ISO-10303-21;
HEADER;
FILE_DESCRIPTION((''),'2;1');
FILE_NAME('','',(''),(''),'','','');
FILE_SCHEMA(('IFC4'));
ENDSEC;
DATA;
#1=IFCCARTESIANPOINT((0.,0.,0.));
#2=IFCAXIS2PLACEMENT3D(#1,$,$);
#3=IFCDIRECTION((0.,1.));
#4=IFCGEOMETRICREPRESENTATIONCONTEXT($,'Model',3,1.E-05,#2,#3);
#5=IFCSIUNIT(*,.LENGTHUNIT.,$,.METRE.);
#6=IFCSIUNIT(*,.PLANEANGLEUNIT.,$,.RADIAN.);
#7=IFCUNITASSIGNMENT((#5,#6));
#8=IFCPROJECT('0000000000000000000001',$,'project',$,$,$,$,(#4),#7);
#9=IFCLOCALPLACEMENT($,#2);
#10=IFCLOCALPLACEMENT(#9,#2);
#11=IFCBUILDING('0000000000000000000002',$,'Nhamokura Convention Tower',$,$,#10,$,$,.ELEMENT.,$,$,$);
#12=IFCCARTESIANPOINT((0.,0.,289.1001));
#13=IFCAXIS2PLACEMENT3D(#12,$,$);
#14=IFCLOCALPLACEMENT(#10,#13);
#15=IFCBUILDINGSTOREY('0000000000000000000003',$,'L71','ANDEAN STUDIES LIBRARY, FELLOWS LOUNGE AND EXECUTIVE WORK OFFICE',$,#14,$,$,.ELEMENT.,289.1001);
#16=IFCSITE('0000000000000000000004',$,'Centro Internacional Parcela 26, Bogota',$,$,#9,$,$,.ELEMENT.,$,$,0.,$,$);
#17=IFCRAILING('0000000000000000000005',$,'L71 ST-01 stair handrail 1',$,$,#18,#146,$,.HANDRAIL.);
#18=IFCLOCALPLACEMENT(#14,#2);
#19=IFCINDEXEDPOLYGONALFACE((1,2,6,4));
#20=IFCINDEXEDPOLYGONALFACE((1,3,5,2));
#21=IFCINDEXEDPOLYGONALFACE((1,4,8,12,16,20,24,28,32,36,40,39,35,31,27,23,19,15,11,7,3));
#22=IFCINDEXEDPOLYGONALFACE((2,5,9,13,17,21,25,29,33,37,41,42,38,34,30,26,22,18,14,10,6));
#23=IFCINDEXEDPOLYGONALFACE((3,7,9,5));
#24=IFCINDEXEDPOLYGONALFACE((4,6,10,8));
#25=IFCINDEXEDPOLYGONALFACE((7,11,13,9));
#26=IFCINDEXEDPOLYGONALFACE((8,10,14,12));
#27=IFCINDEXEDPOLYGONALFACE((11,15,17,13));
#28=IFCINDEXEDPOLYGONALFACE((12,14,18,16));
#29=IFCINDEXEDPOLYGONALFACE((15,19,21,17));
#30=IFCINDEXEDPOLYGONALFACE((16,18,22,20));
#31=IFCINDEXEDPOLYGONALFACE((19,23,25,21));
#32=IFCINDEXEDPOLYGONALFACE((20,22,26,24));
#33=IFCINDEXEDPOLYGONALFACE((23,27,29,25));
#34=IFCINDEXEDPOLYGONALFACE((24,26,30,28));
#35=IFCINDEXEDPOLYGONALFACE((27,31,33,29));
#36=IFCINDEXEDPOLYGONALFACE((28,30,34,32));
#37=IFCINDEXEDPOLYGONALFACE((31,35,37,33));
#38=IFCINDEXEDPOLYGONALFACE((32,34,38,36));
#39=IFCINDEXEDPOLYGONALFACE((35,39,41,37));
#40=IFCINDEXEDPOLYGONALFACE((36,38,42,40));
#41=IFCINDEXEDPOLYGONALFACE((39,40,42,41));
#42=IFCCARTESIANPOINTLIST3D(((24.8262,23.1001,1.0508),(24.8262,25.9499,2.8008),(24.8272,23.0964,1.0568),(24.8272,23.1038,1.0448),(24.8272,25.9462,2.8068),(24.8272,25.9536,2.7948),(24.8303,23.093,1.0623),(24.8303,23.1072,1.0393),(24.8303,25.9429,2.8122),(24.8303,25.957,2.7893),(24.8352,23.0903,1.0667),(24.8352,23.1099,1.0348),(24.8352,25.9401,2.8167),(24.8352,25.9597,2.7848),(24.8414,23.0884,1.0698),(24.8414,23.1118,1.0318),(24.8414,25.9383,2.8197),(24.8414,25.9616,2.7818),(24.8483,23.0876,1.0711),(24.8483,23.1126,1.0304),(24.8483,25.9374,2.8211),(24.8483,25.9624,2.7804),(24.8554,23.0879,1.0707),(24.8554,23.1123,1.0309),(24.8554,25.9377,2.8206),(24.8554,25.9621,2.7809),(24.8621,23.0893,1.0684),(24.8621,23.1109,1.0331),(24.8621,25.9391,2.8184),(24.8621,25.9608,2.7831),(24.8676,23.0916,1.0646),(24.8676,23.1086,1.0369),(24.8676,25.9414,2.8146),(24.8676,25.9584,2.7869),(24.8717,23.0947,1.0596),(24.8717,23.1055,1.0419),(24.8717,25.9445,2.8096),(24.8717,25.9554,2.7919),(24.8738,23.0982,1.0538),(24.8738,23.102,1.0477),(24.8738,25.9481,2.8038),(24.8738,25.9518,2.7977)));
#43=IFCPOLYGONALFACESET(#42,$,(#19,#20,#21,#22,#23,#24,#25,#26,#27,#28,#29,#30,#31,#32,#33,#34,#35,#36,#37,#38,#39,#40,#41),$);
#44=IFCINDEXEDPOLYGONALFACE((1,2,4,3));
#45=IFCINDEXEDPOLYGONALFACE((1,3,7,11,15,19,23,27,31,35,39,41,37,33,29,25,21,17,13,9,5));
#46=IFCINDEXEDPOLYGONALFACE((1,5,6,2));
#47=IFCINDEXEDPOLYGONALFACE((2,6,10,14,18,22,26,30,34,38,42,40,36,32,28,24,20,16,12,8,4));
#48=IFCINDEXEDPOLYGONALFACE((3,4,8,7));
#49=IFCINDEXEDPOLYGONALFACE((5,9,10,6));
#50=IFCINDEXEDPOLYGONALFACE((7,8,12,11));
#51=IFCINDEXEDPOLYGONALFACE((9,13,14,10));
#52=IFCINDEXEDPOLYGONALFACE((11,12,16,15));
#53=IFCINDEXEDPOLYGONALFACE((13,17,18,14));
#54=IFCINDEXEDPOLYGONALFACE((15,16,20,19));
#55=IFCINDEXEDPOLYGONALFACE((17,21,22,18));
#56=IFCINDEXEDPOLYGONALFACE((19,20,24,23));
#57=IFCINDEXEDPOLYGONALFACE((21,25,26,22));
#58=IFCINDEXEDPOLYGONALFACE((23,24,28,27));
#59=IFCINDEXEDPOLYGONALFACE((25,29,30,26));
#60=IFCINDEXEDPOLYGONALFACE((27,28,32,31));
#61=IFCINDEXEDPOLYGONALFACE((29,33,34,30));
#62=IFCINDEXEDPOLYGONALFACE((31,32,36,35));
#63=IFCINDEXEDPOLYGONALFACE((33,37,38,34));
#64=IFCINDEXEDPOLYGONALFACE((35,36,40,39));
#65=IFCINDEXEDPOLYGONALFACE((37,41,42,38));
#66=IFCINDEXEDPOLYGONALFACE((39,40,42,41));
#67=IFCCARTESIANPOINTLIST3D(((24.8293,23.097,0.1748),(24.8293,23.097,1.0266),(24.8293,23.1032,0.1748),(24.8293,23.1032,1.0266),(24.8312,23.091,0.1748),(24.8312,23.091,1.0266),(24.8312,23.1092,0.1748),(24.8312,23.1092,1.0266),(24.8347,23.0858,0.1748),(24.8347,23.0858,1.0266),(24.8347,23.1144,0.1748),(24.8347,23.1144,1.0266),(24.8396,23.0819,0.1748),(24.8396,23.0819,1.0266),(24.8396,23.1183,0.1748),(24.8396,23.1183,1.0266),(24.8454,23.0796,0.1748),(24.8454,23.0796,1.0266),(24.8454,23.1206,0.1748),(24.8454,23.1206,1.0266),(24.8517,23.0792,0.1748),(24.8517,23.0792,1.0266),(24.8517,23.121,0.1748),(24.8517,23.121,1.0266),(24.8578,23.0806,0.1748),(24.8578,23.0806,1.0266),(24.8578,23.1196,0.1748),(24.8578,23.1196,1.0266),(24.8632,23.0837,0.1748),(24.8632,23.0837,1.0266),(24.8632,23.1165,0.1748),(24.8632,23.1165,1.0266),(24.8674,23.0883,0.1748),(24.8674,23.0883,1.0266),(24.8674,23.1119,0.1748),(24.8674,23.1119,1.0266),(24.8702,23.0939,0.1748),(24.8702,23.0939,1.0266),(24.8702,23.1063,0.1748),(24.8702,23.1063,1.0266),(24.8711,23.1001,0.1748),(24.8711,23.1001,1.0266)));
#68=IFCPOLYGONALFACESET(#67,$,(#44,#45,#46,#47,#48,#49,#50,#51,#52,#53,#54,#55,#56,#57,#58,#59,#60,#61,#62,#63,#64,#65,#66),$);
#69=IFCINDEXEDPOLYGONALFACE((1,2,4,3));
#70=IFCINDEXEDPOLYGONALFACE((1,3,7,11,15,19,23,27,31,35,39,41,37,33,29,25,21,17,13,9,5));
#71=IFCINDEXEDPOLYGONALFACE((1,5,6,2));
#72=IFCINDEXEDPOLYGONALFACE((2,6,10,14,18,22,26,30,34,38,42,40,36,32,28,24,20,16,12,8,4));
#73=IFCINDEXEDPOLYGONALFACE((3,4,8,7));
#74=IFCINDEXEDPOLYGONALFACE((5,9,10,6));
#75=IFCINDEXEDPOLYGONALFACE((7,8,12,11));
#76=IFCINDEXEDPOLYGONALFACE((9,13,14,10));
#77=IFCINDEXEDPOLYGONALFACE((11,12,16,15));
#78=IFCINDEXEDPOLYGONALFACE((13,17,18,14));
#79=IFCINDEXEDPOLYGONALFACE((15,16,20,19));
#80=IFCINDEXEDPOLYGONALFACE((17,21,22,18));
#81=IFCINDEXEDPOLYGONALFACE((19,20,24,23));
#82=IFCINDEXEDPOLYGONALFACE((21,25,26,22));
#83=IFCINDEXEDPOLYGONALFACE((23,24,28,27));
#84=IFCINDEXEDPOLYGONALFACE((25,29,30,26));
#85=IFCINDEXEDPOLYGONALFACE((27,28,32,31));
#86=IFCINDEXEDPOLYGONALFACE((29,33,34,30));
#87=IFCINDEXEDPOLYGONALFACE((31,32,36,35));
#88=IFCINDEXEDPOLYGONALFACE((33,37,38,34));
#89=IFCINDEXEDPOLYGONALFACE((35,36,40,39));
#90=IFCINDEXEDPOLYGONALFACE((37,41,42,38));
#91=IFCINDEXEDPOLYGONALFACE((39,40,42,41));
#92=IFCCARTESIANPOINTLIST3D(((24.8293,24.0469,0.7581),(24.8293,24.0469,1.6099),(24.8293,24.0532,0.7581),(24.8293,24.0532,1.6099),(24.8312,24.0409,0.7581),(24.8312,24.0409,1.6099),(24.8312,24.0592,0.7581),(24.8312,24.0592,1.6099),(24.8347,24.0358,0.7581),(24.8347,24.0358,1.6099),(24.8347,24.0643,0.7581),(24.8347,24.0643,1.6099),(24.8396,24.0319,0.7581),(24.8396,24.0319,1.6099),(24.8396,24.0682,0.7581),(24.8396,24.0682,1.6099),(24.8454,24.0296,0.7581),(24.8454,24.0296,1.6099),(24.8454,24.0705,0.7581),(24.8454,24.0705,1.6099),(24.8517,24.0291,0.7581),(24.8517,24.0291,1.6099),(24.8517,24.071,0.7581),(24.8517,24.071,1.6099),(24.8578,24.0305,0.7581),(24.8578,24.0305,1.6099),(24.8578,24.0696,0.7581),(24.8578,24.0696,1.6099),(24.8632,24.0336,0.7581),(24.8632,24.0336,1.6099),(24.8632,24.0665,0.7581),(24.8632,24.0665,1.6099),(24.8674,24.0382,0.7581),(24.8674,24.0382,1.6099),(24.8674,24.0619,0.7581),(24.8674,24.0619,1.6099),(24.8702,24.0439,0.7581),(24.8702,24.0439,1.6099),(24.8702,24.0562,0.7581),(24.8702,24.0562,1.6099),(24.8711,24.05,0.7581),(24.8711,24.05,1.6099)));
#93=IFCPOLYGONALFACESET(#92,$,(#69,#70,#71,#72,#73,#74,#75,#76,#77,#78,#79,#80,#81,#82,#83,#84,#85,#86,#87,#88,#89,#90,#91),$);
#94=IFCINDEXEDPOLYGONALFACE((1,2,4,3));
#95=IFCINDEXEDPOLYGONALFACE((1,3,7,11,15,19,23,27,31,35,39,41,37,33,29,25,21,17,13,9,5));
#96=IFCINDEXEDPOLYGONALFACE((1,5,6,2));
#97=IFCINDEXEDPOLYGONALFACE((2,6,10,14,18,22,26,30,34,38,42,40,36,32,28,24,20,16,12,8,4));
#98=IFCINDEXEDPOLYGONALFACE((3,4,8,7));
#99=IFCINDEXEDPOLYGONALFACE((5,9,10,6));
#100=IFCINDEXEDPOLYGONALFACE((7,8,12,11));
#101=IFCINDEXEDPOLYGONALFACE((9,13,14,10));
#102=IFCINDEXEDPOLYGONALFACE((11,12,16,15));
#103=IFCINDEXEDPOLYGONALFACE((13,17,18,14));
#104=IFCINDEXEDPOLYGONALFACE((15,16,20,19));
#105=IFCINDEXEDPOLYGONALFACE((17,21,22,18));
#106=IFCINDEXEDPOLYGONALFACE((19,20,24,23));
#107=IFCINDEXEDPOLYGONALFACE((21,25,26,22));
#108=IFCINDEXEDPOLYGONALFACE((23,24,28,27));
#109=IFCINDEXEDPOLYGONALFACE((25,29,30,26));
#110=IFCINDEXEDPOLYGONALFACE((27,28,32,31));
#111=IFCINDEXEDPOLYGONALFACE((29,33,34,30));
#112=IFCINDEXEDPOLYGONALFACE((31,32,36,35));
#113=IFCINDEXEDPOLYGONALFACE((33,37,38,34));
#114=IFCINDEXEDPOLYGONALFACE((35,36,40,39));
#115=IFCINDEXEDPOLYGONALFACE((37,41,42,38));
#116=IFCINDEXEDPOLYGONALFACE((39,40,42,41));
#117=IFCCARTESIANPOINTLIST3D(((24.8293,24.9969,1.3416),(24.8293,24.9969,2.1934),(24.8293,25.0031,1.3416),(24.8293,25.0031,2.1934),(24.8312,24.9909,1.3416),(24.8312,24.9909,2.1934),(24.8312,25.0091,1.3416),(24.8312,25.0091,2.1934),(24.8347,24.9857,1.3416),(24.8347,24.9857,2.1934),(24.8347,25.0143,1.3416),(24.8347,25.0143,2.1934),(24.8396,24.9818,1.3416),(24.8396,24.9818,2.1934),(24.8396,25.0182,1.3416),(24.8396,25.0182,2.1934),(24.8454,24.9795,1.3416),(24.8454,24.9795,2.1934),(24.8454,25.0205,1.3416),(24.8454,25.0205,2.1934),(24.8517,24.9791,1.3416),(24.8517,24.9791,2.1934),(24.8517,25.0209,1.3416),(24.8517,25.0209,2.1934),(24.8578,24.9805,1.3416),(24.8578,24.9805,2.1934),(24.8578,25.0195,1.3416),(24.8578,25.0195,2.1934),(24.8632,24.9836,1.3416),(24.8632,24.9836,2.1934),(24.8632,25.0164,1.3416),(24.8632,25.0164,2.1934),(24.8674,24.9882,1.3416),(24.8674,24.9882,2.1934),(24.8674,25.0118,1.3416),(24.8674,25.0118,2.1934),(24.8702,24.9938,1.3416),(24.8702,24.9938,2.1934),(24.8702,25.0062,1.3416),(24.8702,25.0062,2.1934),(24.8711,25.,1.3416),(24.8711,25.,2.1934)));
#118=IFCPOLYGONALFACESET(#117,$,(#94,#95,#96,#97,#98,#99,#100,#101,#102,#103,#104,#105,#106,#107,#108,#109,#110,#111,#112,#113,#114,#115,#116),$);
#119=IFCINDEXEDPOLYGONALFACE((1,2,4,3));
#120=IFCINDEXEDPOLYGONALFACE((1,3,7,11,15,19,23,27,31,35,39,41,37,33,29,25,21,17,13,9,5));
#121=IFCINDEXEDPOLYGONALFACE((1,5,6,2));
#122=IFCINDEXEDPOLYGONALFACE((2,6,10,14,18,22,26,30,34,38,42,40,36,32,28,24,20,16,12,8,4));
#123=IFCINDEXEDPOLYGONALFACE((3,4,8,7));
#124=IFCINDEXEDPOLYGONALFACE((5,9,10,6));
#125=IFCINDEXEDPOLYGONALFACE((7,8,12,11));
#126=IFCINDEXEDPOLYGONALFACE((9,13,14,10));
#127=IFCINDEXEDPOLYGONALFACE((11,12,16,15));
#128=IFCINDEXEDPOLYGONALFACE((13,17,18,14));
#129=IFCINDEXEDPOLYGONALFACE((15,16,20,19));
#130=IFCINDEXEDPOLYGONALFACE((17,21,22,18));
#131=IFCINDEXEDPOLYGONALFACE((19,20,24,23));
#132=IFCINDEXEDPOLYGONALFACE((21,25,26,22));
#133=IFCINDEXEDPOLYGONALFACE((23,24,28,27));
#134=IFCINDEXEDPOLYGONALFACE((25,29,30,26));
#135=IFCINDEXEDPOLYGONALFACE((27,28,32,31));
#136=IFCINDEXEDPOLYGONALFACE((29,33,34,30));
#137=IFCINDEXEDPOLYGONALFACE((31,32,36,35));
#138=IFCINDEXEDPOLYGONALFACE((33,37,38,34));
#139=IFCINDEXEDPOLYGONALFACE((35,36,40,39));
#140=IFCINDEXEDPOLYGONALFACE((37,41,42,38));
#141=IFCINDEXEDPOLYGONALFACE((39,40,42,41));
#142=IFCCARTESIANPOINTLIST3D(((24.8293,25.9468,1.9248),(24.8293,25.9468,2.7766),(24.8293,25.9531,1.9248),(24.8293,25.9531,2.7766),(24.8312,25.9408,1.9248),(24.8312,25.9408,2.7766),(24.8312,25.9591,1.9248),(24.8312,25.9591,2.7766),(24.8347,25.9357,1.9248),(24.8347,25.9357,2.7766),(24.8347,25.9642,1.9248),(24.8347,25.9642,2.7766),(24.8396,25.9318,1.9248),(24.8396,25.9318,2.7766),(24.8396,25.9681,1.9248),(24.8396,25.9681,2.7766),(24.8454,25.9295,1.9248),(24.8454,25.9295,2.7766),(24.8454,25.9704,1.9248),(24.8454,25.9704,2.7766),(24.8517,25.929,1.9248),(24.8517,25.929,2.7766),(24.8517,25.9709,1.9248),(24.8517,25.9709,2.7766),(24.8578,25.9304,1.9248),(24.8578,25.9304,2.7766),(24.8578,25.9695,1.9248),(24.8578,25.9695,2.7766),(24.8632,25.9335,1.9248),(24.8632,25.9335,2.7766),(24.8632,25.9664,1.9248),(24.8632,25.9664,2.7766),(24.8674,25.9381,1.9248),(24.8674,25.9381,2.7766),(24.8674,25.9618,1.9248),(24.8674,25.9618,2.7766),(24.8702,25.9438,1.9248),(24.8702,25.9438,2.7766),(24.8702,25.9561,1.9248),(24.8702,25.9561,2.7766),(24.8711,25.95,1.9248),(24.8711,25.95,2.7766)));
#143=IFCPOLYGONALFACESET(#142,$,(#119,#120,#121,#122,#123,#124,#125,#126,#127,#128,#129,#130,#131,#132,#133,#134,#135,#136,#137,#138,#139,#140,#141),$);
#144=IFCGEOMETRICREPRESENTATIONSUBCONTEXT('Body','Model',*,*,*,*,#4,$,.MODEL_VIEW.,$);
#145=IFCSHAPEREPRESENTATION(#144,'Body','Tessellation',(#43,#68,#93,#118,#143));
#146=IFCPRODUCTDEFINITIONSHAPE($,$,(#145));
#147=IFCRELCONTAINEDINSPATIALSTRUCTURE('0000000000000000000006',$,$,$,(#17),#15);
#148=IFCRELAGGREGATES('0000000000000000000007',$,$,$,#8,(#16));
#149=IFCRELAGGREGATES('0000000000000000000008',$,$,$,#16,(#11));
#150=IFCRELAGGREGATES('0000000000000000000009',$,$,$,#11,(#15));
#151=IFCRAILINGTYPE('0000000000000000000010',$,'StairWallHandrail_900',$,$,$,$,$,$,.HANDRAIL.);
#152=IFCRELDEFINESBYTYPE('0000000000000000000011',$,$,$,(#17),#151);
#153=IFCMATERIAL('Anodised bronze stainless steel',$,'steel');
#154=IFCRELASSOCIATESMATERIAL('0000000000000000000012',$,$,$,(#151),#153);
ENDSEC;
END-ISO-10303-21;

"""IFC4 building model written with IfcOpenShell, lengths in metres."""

from ifc_helpers import new_model, si_unit, direction, frame, origin, origin_2d, place, context, subcontext, project, spatial, circle, extrude, material, type_object, element, save


model = new_model("IFC4")

# Units and contexts
model_context = context("Model", 3, precision=1e-05, world=origin(), true_north=direction((0.0, 1.0)))
body_context = subcontext(model_context, "Body", "Model", "MODEL_VIEW")
ifc_project = project(units=[si_unit("LENGTHUNIT", "METRE"), si_unit("PLANEANGLEUNIT", "RADIAN")], contexts=[model_context])

# Site, building, storey
site_placement = place(None, origin())
site = spatial("IfcSite", under=ifc_project, at=site_placement, Name="Centro Internacional Parcela 26, Bogota", CompositionType="ELEMENT", RefElevation=0.0)
building_placement = place(site_placement, origin())
building = spatial("IfcBuilding", under=site, at=building_placement, Name="Nhamokura Convention Tower", CompositionType="ELEMENT")
storey_placement = place(building_placement, frame((0.0, 0.0, 289.1001)))
storey = spatial("IfcBuildingStorey", under=building, at=storey_placement, Name="L71", Description="ANDEAN STUDIES LIBRARY, FELLOWS LOUNGE AND EXECUTIVE WORK OFFICE", CompositionType="ELEMENT", Elevation=289.1001)

# Railing
ifc_material_1 = material(Name="Anodised bronze stainless steel", Category="steel")
railing_type_1 = type_object("IfcRailingType", Name="StairWallHandrail_900", PredefinedType="HANDRAIL", material=ifc_material_1)
railing_1_placement = place(storey_placement, frame((24.8501, 23.1001, 0.1748)))
element("IfcRailing", 1, at=railing_1_placement, inside=storey, type_object=railing_type_1, Name="L71 ST-01 stair handrail 1", PredefinedType="HANDRAIL", context=body_context, shape_type="SweptSolid", body=[
    extrude(circle(Radius=0.0239, at=origin_2d()), frame((0.0, 0.0, 0.876), z_axis=(0.0, 0.852159, 0.523283), x_axis=(-1.0, 0.0, 0.0)), (0.0, 0.0, 1.0), 3.3442),
    extrude(circle(Radius=0.021, at=origin_2d()), origin(), (0.0, 0.0, 1.0), 0.8518),
    extrude(circle(Radius=0.021, at=origin_2d()), frame((0.0, 0.95, 0.5833)), (0.0, 0.0, 1.0), 0.8518),
    extrude(circle(Radius=0.021, at=origin_2d()), frame((0.0, 1.8999, 1.1667)), (0.0, 0.0, 1.0), 0.8518),
    extrude(circle(Radius=0.021, at=origin_2d()), frame((0.0, 2.8499, 1.75)), (0.0, 0.0, 1.0), 0.8518),
])

save(model, "model.ifc")
